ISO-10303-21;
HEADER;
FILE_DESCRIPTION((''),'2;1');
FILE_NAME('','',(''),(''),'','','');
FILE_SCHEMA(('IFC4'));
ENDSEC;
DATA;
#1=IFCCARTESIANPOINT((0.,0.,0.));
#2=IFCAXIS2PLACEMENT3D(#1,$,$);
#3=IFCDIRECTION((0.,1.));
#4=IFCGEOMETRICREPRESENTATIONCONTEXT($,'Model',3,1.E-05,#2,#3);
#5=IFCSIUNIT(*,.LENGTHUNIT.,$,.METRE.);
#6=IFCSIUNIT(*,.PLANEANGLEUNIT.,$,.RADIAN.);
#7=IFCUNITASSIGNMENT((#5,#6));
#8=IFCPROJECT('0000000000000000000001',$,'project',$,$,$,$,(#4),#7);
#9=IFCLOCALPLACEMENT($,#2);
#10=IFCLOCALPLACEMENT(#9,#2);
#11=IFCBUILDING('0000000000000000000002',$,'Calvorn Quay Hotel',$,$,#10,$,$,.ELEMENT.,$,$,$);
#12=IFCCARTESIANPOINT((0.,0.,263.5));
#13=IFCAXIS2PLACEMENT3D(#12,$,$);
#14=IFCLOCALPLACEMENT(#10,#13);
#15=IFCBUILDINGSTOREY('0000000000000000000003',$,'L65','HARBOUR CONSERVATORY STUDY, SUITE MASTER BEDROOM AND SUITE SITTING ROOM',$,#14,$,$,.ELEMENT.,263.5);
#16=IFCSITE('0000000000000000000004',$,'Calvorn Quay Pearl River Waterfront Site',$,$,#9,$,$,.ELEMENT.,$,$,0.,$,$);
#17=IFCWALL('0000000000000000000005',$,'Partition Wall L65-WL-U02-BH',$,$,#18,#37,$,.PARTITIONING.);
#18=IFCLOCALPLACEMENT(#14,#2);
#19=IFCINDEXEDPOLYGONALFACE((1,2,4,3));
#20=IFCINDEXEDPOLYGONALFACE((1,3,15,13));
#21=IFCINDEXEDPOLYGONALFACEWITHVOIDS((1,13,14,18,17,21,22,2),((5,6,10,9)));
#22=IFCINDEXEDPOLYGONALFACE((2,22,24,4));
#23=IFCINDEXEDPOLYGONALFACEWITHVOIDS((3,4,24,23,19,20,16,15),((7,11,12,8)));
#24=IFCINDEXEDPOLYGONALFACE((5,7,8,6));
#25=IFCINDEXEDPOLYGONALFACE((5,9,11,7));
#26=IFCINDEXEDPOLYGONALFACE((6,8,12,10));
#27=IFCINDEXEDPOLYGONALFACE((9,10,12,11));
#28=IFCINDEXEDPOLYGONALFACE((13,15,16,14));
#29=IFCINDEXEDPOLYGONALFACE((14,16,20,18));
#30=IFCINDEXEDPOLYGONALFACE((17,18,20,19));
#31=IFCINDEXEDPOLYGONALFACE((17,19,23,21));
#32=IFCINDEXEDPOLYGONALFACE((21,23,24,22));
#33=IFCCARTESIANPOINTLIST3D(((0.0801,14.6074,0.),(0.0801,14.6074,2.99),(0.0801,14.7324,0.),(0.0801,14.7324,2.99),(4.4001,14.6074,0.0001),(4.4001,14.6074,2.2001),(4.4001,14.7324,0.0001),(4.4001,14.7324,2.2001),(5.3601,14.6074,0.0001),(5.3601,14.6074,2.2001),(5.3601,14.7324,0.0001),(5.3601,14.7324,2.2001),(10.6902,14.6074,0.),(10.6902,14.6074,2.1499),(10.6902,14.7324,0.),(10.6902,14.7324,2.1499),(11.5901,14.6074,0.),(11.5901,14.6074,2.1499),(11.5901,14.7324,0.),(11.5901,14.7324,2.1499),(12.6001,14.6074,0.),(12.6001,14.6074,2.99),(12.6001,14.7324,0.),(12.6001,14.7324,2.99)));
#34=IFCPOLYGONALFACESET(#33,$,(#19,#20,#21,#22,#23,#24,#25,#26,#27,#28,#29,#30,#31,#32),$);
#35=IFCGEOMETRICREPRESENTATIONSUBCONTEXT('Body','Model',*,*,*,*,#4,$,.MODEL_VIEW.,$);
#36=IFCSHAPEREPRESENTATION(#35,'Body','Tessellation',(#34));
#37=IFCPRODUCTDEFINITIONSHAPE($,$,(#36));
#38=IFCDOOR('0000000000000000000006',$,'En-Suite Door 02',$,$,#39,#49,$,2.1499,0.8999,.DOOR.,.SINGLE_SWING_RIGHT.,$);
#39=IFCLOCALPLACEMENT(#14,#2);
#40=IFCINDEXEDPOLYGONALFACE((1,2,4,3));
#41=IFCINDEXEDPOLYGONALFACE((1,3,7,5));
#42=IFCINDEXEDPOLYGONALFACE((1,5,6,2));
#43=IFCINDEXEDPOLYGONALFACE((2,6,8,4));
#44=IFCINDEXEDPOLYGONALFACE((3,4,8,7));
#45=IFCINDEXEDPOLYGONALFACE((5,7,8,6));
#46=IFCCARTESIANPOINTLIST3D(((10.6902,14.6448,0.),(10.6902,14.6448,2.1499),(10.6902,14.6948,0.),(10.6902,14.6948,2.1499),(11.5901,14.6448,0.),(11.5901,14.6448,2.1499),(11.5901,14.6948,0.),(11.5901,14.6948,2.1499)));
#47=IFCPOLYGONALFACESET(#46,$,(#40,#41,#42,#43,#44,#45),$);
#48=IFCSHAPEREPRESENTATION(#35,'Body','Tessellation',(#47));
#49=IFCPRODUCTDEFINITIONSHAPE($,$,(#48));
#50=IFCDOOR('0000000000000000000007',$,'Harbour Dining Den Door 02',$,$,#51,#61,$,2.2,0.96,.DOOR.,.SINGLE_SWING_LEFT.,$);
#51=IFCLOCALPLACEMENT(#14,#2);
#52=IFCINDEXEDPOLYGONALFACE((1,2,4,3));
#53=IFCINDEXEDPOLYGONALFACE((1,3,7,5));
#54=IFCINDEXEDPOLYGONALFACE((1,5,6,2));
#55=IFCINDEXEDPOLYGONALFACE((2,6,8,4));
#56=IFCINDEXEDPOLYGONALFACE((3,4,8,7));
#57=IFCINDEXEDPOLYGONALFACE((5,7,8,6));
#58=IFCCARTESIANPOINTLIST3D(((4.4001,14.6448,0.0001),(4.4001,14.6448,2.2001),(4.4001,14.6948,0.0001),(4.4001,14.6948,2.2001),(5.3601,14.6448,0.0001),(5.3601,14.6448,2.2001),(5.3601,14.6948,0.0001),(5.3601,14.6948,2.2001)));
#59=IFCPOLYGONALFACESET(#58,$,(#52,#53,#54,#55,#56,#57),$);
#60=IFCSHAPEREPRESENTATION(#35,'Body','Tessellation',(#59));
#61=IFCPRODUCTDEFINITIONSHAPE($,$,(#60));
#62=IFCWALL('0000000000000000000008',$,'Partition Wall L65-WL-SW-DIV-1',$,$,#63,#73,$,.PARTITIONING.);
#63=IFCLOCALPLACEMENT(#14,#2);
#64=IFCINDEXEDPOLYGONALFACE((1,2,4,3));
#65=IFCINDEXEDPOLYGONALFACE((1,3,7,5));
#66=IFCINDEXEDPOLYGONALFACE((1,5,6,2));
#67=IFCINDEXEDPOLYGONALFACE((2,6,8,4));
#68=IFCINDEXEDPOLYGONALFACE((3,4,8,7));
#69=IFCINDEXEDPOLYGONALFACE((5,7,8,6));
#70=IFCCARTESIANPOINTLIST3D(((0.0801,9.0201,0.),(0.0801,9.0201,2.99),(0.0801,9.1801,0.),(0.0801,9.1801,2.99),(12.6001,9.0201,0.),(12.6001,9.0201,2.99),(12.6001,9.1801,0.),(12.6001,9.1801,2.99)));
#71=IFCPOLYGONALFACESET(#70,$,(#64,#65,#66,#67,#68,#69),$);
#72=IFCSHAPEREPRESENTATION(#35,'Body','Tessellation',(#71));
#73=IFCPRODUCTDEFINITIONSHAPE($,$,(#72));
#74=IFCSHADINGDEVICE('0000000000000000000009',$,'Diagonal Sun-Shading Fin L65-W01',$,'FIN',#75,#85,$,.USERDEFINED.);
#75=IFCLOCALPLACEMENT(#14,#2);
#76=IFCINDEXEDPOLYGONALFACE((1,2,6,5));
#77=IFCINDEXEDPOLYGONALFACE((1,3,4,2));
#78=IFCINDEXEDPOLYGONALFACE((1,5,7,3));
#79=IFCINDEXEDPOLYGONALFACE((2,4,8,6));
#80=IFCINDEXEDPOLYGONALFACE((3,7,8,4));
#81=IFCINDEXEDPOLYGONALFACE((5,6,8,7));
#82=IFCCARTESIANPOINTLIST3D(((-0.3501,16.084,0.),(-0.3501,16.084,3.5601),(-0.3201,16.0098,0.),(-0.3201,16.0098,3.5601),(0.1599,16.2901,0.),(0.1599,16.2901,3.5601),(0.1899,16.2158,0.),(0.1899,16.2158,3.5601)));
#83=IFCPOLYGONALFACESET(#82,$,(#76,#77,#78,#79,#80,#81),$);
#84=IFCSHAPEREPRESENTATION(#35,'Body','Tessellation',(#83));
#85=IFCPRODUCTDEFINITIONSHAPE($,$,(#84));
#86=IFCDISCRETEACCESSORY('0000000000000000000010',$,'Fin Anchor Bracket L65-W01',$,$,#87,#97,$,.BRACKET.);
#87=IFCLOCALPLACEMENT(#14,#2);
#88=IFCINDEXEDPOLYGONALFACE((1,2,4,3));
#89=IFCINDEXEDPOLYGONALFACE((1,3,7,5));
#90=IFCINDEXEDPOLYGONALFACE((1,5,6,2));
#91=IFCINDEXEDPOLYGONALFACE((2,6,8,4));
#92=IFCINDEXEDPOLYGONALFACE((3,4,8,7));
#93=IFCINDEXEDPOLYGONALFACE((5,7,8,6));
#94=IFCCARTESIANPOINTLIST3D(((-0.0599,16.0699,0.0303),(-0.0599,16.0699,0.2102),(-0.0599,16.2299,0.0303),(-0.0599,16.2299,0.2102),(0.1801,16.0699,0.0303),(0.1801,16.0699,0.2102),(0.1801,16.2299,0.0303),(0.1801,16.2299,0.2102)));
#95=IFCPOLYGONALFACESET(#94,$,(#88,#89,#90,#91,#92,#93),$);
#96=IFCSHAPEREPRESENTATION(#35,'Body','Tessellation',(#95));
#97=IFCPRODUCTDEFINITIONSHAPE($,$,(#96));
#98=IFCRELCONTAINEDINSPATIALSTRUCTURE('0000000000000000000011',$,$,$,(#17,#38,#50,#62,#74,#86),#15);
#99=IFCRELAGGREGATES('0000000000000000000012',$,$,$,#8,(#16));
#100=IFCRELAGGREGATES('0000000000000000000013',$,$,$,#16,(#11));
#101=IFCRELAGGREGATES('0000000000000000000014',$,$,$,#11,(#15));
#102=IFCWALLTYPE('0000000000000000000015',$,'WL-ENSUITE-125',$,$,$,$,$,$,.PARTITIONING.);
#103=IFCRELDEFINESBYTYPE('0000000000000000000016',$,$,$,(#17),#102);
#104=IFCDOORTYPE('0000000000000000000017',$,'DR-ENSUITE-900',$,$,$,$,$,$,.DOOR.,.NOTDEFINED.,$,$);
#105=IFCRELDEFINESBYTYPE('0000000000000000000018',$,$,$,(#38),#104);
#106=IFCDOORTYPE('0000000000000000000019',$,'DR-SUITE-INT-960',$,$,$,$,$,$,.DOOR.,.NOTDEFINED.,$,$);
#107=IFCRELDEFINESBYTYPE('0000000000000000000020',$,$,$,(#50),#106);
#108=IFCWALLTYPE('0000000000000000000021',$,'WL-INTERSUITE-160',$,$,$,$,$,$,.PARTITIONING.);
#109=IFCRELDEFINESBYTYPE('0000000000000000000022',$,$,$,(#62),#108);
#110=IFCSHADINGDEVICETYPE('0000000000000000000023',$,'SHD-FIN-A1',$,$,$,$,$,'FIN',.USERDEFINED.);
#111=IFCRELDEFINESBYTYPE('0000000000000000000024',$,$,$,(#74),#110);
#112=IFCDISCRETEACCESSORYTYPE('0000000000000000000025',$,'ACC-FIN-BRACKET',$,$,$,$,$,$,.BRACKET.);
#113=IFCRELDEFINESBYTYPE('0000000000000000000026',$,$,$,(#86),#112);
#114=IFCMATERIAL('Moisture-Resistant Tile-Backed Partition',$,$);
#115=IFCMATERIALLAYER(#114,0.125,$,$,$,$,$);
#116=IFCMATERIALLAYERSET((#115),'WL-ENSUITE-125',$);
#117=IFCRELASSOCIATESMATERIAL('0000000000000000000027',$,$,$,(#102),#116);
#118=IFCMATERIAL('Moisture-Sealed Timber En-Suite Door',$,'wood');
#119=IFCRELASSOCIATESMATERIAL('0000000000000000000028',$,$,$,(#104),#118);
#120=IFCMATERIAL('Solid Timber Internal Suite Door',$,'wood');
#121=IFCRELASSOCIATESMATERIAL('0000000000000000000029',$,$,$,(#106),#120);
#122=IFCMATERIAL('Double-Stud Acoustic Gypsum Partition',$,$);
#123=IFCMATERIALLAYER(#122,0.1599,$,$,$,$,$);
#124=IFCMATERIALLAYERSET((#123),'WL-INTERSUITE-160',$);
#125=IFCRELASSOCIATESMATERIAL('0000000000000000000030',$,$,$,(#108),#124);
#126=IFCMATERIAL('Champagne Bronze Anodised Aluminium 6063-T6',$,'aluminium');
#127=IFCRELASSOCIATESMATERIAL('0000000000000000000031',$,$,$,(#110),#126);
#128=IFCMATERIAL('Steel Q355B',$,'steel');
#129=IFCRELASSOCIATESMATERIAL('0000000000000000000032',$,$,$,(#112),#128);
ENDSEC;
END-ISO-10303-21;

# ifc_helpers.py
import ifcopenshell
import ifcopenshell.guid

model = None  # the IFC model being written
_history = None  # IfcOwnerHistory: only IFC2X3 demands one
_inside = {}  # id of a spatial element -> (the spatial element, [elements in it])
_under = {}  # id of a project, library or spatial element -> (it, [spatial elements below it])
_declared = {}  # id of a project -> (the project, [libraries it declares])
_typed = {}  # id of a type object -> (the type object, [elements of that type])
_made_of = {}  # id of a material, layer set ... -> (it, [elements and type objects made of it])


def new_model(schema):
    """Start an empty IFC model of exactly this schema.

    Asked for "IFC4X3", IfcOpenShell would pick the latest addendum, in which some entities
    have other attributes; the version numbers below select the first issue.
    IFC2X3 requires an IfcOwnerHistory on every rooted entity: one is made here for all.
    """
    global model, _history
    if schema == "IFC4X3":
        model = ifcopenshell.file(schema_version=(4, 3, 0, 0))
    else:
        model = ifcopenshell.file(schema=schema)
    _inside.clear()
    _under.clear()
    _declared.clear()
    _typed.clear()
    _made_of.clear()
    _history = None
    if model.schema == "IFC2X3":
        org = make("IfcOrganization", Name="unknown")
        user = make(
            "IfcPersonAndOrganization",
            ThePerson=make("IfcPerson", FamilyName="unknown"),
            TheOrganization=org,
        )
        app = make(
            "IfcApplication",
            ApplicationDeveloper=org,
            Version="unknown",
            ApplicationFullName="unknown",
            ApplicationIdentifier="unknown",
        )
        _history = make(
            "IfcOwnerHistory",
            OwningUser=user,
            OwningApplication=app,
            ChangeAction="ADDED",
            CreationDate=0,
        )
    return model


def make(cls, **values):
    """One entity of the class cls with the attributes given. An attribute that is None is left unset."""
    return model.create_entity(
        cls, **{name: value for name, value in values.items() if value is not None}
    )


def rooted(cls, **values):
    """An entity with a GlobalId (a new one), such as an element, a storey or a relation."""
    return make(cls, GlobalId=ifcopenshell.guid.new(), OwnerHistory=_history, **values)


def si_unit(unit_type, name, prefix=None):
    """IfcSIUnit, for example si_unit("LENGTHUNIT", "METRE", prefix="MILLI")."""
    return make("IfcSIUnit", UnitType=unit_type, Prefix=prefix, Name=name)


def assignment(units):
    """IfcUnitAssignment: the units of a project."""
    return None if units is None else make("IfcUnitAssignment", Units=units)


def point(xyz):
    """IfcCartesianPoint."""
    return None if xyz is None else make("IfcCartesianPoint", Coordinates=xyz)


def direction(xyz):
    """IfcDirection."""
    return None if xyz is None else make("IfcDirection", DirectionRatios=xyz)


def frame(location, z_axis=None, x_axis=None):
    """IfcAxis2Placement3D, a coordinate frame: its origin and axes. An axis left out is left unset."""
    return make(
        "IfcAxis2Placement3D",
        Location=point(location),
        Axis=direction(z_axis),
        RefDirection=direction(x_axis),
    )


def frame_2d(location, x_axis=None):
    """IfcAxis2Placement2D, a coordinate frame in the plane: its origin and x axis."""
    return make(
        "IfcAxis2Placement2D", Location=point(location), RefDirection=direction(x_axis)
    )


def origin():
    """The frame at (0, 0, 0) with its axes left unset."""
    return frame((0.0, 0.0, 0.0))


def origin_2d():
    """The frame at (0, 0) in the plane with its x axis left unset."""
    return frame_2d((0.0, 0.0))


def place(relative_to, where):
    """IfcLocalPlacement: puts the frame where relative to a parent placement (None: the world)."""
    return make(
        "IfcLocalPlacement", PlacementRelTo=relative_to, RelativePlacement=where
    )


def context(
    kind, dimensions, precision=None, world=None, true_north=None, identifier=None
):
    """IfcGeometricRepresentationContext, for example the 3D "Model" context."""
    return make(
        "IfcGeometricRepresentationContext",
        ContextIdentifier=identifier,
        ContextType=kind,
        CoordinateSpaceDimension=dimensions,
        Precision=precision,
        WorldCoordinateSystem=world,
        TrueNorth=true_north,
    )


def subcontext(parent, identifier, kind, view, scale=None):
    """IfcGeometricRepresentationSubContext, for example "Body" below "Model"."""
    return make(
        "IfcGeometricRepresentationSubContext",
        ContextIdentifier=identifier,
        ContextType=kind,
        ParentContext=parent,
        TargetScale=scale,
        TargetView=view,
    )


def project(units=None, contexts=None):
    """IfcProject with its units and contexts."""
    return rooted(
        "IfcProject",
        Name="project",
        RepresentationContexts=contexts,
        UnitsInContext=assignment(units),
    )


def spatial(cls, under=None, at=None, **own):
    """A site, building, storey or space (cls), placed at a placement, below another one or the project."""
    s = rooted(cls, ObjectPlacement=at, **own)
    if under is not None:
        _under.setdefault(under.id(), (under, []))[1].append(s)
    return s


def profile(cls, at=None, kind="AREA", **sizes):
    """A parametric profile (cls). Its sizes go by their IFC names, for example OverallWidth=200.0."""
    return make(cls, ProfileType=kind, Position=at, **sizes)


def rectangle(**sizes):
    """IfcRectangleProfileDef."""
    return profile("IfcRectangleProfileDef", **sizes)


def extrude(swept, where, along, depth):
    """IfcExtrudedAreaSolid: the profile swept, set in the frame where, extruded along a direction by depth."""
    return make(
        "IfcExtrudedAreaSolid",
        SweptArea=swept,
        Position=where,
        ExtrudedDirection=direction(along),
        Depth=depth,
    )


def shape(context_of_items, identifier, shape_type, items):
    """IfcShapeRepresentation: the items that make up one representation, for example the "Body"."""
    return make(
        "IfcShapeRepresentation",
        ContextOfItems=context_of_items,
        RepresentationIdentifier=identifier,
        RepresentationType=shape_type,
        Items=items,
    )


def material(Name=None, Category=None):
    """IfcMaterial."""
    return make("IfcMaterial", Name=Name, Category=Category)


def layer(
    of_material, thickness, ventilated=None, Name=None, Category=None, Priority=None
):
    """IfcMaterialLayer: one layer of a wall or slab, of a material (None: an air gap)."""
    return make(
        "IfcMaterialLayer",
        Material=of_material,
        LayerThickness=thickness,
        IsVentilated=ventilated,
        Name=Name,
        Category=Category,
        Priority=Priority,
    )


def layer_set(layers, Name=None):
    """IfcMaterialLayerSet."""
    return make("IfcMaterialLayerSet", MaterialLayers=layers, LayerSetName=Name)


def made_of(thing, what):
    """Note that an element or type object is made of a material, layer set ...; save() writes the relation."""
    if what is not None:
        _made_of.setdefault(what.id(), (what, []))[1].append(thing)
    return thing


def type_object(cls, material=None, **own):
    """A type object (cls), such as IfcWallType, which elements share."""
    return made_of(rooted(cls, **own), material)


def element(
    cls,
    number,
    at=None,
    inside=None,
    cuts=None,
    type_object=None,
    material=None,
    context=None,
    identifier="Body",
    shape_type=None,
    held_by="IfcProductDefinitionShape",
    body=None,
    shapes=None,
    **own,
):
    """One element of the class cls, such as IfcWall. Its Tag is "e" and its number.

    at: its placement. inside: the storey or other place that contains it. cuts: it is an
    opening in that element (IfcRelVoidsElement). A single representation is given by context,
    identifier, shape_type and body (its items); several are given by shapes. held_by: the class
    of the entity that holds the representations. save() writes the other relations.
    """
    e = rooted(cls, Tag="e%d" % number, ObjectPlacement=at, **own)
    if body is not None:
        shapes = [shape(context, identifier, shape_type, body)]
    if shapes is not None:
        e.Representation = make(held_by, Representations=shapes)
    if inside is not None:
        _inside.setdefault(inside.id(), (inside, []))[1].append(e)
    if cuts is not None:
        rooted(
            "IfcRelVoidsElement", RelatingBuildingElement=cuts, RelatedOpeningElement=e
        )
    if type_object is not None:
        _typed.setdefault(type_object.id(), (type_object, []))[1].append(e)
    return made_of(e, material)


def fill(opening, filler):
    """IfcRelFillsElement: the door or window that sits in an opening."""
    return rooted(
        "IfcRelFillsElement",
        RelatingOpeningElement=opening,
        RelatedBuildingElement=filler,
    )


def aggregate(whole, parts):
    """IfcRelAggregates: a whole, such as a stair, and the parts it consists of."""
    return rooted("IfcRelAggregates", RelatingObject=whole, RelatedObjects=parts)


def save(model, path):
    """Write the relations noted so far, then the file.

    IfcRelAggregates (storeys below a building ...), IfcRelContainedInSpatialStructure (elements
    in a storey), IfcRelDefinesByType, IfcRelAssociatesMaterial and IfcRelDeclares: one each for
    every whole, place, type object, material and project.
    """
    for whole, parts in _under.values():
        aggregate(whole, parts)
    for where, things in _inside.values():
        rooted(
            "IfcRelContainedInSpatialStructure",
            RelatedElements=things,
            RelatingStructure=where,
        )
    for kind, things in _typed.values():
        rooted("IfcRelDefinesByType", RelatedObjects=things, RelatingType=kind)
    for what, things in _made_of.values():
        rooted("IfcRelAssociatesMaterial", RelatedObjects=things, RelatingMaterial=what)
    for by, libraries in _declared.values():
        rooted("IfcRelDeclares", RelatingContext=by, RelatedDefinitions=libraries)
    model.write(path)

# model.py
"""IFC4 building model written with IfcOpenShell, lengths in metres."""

from ifc_helpers import new_model, si_unit, direction, frame, frame_2d, origin, origin_2d, place, context, subcontext, project, spatial, rectangle, extrude, material, layer, layer_set, type_object, element, fill, save


model = new_model("IFC4")

# Units and contexts
model_context = context("Model", 3, precision=1e-05, world=origin(), true_north=direction((0.0, 1.0)))
body_context = subcontext(model_context, "Body", "Model", "MODEL_VIEW")
ifc_project = project(units=[si_unit("LENGTHUNIT", "METRE"), si_unit("PLANEANGLEUNIT", "RADIAN")], contexts=[model_context])

# Site, building, storey
site_placement = place(None, origin())
site = spatial("IfcSite", under=ifc_project, at=site_placement, Name="Calvorn Quay Pearl River Waterfront Site", CompositionType="ELEMENT", RefElevation=0.0)
building_placement = place(site_placement, origin())
building = spatial("IfcBuilding", under=site, at=building_placement, Name="Calvorn Quay Hotel", CompositionType="ELEMENT")
storey_placement = place(building_placement, frame((0.0, 0.0, 263.5)))
storey = spatial("IfcBuildingStorey", under=building, at=storey_placement, Name="L65", Description="HARBOUR CONSERVATORY STUDY, SUITE MASTER BEDROOM AND SUITE SITTING ROOM", CompositionType="ELEMENT", Elevation=263.5)

# Wall, openings, doors
ifc_material_1 = material(Name="Moisture-Resistant Tile-Backed Partition")
ifc_layer_1 = layer(ifc_material_1, 0.125)
ifc_layer_set_1 = layer_set([ifc_layer_1], Name="WL-ENSUITE-125")
wall_type_1 = type_object("IfcWallType", Name="WL-ENSUITE-125", PredefinedType="PARTITIONING", material=ifc_layer_set_1)
ifc_material_2 = material(Name="Moisture-Sealed Timber En-Suite Door", Category="wood")
door_type_1 = type_object("IfcDoorType", Name="DR-ENSUITE-900", OperationType="NOTDEFINED", PredefinedType="DOOR", material=ifc_material_2)
ifc_material_3 = material(Name="Solid Timber Internal Suite Door", Category="wood")
door_type_2 = type_object("IfcDoorType", Name="DR-SUITE-INT-960", OperationType="NOTDEFINED", PredefinedType="DOOR", material=ifc_material_3)
wall_1_placement = place(storey_placement, frame((0.0801, 14.6699, 0.0), z_axis=(0.0, 0.0, 1.0), x_axis=(1.0, 0.0, 0.0)))
wall_1 = element("IfcWall", 1, at=wall_1_placement, inside=storey, type_object=wall_type_1, Name="Partition Wall L65-WL-U02-BH", PredefinedType="PARTITIONING", context=body_context, shape_type="SweptSolid", body=[
    extrude(rectangle(XDim=12.52, YDim=0.125, at=frame_2d((6.26, 0.0))), origin(), (0.0, 0.0, 1.0), 2.99),
])
opening_1_placement = place(wall_1_placement, frame((4.3201, 0.0, 0.0)))
opening_1 = element("IfcOpeningElement", 2, at=opening_1_placement, cuts=wall_1, PredefinedType="OPENING", context=body_context, shape_type="SweptSolid", body=[
    extrude(rectangle(XDim=0.96, YDim=2.2, at=frame_2d((0.48, 1.1001))), frame((0.0, 0.0725, 0.0), z_axis=(0.0, -1.0, 0.0), x_axis=(1.0, 0.0, 0.0)), (0.0, 0.0, 1.0), 0.145),
])
opening_2_placement = place(wall_1_placement, frame((10.6101, 0.0, 0.0)))
opening_2 = element("IfcOpeningElement", 3, at=opening_2_placement, cuts=wall_1, PredefinedType="OPENING", context=body_context, shape_type="SweptSolid", body=[
    extrude(rectangle(XDim=0.8999, YDim=2.1499, at=frame_2d((0.45, 1.075))), frame((0.0, 0.0725, 0.0), z_axis=(0.0, -1.0, 0.0), x_axis=(1.0, 0.0, 0.0)), (0.0, 0.0, 1.0), 0.145),
])
door_1_placement = place(opening_2_placement, origin())
door_1 = element("IfcDoor", 4, at=door_1_placement, inside=storey, type_object=door_type_1, Name="En-Suite Door 02", OperationType="SINGLE_SWING_RIGHT", OverallHeight=2.1499, OverallWidth=0.8999, PredefinedType="DOOR", context=body_context, shape_type="SweptSolid", body=[
    extrude(rectangle(XDim=0.8999, YDim=2.1499, at=frame_2d((0.45, 1.075))), frame((0.0, 0.0249, 0.0), z_axis=(0.0, -1.0, 0.0), x_axis=(1.0, 0.0, 0.0)), (0.0, 0.0, 1.0), 0.05),
])
fill(opening_2, door_1)
door_2_placement = place(opening_1_placement, origin())
door_2 = element("IfcDoor", 5, at=door_2_placement, inside=storey, type_object=door_type_2, Name="Harbour Dining Den Door 02", OperationType="SINGLE_SWING_LEFT", OverallHeight=2.2, OverallWidth=0.96, PredefinedType="DOOR", context=body_context, shape_type="SweptSolid", body=[
    extrude(rectangle(XDim=0.96, YDim=2.2, at=frame_2d((0.48, 1.1001))), frame((0.0, 0.0249, 0.0), z_axis=(0.0, -1.0, 0.0), x_axis=(1.0, 0.0, 0.0)), (0.0, 0.0, 1.0), 0.05),
])
fill(opening_1, door_2)

# Wall
ifc_material_4 = material(Name="Double-Stud Acoustic Gypsum Partition")
ifc_layer_2 = layer(ifc_material_4, 0.1599)
ifc_layer_set_2 = layer_set([ifc_layer_2], Name="WL-INTERSUITE-160")
wall_type_2 = type_object("IfcWallType", Name="WL-INTERSUITE-160", PredefinedType="PARTITIONING", material=ifc_layer_set_2)
wall_2_placement = place(storey_placement, frame((0.0801, 9.1001, 0.0), z_axis=(0.0, 0.0, 1.0), x_axis=(1.0, 0.0, 0.0)))
element("IfcWall", 6, at=wall_2_placement, inside=storey, type_object=wall_type_2, Name="Partition Wall L65-WL-SW-DIV-1", PredefinedType="PARTITIONING", context=body_context, shape_type="SweptSolid", body=[
    extrude(rectangle(XDim=12.52, YDim=0.1599, at=frame_2d((6.26, 0.0))), origin(), (0.0, 0.0, 1.0), 2.99),
])

# Shading device
ifc_material_5 = material(Name="Champagne Bronze Anodised Aluminium 6063-T6", Category="aluminium")
shading_device_type = type_object("IfcShadingDeviceType", Name="SHD-FIN-A1", ElementType="FIN", PredefinedType="USERDEFINED", material=ifc_material_5)
shading_device_placement = place(storey_placement, frame((-0.0801, 16.1499, 0.0), z_axis=(0.0, 0.0, 1.0), x_axis=(0.927184, 0.374607, 0.0)))
element("IfcShadingDevice", 7, at=shading_device_placement, inside=storey, type_object=shading_device_type, Name="Diagonal Sun-Shading Fin L65-W01", ObjectType="FIN", PredefinedType="USERDEFINED", context=body_context, shape_type="SweptSolid", body=[
    extrude(rectangle(XDim=0.55, YDim=0.0801, at=origin_2d()), origin(), (0.0, 0.0, 1.0), 3.5601),
])

# Discrete accessory
ifc_material_6 = material(Name="Steel Q355B", Category="steel")
discrete_accessory_type = type_object("IfcDiscreteAccessoryType", Name="ACC-FIN-BRACKET", PredefinedType="BRACKET", material=ifc_material_6)
discrete_accessory_placement = place(storey_placement, frame((0.0601, 16.1499, 0.0303), z_axis=(0.0, 0.0, 1.0), x_axis=(1.0, 0.0, 0.0)))
element("IfcDiscreteAccessory", 8, at=discrete_accessory_placement, inside=storey, type_object=discrete_accessory_type, Name="Fin Anchor Bracket L65-W01", PredefinedType="BRACKET", context=body_context, shape_type="SweptSolid", body=[
    extrude(rectangle(XDim=0.24, YDim=0.1599, at=origin_2d()), origin(), (0.0, 0.0, 1.0), 0.1799),
])

save(model, "model.ifc")
